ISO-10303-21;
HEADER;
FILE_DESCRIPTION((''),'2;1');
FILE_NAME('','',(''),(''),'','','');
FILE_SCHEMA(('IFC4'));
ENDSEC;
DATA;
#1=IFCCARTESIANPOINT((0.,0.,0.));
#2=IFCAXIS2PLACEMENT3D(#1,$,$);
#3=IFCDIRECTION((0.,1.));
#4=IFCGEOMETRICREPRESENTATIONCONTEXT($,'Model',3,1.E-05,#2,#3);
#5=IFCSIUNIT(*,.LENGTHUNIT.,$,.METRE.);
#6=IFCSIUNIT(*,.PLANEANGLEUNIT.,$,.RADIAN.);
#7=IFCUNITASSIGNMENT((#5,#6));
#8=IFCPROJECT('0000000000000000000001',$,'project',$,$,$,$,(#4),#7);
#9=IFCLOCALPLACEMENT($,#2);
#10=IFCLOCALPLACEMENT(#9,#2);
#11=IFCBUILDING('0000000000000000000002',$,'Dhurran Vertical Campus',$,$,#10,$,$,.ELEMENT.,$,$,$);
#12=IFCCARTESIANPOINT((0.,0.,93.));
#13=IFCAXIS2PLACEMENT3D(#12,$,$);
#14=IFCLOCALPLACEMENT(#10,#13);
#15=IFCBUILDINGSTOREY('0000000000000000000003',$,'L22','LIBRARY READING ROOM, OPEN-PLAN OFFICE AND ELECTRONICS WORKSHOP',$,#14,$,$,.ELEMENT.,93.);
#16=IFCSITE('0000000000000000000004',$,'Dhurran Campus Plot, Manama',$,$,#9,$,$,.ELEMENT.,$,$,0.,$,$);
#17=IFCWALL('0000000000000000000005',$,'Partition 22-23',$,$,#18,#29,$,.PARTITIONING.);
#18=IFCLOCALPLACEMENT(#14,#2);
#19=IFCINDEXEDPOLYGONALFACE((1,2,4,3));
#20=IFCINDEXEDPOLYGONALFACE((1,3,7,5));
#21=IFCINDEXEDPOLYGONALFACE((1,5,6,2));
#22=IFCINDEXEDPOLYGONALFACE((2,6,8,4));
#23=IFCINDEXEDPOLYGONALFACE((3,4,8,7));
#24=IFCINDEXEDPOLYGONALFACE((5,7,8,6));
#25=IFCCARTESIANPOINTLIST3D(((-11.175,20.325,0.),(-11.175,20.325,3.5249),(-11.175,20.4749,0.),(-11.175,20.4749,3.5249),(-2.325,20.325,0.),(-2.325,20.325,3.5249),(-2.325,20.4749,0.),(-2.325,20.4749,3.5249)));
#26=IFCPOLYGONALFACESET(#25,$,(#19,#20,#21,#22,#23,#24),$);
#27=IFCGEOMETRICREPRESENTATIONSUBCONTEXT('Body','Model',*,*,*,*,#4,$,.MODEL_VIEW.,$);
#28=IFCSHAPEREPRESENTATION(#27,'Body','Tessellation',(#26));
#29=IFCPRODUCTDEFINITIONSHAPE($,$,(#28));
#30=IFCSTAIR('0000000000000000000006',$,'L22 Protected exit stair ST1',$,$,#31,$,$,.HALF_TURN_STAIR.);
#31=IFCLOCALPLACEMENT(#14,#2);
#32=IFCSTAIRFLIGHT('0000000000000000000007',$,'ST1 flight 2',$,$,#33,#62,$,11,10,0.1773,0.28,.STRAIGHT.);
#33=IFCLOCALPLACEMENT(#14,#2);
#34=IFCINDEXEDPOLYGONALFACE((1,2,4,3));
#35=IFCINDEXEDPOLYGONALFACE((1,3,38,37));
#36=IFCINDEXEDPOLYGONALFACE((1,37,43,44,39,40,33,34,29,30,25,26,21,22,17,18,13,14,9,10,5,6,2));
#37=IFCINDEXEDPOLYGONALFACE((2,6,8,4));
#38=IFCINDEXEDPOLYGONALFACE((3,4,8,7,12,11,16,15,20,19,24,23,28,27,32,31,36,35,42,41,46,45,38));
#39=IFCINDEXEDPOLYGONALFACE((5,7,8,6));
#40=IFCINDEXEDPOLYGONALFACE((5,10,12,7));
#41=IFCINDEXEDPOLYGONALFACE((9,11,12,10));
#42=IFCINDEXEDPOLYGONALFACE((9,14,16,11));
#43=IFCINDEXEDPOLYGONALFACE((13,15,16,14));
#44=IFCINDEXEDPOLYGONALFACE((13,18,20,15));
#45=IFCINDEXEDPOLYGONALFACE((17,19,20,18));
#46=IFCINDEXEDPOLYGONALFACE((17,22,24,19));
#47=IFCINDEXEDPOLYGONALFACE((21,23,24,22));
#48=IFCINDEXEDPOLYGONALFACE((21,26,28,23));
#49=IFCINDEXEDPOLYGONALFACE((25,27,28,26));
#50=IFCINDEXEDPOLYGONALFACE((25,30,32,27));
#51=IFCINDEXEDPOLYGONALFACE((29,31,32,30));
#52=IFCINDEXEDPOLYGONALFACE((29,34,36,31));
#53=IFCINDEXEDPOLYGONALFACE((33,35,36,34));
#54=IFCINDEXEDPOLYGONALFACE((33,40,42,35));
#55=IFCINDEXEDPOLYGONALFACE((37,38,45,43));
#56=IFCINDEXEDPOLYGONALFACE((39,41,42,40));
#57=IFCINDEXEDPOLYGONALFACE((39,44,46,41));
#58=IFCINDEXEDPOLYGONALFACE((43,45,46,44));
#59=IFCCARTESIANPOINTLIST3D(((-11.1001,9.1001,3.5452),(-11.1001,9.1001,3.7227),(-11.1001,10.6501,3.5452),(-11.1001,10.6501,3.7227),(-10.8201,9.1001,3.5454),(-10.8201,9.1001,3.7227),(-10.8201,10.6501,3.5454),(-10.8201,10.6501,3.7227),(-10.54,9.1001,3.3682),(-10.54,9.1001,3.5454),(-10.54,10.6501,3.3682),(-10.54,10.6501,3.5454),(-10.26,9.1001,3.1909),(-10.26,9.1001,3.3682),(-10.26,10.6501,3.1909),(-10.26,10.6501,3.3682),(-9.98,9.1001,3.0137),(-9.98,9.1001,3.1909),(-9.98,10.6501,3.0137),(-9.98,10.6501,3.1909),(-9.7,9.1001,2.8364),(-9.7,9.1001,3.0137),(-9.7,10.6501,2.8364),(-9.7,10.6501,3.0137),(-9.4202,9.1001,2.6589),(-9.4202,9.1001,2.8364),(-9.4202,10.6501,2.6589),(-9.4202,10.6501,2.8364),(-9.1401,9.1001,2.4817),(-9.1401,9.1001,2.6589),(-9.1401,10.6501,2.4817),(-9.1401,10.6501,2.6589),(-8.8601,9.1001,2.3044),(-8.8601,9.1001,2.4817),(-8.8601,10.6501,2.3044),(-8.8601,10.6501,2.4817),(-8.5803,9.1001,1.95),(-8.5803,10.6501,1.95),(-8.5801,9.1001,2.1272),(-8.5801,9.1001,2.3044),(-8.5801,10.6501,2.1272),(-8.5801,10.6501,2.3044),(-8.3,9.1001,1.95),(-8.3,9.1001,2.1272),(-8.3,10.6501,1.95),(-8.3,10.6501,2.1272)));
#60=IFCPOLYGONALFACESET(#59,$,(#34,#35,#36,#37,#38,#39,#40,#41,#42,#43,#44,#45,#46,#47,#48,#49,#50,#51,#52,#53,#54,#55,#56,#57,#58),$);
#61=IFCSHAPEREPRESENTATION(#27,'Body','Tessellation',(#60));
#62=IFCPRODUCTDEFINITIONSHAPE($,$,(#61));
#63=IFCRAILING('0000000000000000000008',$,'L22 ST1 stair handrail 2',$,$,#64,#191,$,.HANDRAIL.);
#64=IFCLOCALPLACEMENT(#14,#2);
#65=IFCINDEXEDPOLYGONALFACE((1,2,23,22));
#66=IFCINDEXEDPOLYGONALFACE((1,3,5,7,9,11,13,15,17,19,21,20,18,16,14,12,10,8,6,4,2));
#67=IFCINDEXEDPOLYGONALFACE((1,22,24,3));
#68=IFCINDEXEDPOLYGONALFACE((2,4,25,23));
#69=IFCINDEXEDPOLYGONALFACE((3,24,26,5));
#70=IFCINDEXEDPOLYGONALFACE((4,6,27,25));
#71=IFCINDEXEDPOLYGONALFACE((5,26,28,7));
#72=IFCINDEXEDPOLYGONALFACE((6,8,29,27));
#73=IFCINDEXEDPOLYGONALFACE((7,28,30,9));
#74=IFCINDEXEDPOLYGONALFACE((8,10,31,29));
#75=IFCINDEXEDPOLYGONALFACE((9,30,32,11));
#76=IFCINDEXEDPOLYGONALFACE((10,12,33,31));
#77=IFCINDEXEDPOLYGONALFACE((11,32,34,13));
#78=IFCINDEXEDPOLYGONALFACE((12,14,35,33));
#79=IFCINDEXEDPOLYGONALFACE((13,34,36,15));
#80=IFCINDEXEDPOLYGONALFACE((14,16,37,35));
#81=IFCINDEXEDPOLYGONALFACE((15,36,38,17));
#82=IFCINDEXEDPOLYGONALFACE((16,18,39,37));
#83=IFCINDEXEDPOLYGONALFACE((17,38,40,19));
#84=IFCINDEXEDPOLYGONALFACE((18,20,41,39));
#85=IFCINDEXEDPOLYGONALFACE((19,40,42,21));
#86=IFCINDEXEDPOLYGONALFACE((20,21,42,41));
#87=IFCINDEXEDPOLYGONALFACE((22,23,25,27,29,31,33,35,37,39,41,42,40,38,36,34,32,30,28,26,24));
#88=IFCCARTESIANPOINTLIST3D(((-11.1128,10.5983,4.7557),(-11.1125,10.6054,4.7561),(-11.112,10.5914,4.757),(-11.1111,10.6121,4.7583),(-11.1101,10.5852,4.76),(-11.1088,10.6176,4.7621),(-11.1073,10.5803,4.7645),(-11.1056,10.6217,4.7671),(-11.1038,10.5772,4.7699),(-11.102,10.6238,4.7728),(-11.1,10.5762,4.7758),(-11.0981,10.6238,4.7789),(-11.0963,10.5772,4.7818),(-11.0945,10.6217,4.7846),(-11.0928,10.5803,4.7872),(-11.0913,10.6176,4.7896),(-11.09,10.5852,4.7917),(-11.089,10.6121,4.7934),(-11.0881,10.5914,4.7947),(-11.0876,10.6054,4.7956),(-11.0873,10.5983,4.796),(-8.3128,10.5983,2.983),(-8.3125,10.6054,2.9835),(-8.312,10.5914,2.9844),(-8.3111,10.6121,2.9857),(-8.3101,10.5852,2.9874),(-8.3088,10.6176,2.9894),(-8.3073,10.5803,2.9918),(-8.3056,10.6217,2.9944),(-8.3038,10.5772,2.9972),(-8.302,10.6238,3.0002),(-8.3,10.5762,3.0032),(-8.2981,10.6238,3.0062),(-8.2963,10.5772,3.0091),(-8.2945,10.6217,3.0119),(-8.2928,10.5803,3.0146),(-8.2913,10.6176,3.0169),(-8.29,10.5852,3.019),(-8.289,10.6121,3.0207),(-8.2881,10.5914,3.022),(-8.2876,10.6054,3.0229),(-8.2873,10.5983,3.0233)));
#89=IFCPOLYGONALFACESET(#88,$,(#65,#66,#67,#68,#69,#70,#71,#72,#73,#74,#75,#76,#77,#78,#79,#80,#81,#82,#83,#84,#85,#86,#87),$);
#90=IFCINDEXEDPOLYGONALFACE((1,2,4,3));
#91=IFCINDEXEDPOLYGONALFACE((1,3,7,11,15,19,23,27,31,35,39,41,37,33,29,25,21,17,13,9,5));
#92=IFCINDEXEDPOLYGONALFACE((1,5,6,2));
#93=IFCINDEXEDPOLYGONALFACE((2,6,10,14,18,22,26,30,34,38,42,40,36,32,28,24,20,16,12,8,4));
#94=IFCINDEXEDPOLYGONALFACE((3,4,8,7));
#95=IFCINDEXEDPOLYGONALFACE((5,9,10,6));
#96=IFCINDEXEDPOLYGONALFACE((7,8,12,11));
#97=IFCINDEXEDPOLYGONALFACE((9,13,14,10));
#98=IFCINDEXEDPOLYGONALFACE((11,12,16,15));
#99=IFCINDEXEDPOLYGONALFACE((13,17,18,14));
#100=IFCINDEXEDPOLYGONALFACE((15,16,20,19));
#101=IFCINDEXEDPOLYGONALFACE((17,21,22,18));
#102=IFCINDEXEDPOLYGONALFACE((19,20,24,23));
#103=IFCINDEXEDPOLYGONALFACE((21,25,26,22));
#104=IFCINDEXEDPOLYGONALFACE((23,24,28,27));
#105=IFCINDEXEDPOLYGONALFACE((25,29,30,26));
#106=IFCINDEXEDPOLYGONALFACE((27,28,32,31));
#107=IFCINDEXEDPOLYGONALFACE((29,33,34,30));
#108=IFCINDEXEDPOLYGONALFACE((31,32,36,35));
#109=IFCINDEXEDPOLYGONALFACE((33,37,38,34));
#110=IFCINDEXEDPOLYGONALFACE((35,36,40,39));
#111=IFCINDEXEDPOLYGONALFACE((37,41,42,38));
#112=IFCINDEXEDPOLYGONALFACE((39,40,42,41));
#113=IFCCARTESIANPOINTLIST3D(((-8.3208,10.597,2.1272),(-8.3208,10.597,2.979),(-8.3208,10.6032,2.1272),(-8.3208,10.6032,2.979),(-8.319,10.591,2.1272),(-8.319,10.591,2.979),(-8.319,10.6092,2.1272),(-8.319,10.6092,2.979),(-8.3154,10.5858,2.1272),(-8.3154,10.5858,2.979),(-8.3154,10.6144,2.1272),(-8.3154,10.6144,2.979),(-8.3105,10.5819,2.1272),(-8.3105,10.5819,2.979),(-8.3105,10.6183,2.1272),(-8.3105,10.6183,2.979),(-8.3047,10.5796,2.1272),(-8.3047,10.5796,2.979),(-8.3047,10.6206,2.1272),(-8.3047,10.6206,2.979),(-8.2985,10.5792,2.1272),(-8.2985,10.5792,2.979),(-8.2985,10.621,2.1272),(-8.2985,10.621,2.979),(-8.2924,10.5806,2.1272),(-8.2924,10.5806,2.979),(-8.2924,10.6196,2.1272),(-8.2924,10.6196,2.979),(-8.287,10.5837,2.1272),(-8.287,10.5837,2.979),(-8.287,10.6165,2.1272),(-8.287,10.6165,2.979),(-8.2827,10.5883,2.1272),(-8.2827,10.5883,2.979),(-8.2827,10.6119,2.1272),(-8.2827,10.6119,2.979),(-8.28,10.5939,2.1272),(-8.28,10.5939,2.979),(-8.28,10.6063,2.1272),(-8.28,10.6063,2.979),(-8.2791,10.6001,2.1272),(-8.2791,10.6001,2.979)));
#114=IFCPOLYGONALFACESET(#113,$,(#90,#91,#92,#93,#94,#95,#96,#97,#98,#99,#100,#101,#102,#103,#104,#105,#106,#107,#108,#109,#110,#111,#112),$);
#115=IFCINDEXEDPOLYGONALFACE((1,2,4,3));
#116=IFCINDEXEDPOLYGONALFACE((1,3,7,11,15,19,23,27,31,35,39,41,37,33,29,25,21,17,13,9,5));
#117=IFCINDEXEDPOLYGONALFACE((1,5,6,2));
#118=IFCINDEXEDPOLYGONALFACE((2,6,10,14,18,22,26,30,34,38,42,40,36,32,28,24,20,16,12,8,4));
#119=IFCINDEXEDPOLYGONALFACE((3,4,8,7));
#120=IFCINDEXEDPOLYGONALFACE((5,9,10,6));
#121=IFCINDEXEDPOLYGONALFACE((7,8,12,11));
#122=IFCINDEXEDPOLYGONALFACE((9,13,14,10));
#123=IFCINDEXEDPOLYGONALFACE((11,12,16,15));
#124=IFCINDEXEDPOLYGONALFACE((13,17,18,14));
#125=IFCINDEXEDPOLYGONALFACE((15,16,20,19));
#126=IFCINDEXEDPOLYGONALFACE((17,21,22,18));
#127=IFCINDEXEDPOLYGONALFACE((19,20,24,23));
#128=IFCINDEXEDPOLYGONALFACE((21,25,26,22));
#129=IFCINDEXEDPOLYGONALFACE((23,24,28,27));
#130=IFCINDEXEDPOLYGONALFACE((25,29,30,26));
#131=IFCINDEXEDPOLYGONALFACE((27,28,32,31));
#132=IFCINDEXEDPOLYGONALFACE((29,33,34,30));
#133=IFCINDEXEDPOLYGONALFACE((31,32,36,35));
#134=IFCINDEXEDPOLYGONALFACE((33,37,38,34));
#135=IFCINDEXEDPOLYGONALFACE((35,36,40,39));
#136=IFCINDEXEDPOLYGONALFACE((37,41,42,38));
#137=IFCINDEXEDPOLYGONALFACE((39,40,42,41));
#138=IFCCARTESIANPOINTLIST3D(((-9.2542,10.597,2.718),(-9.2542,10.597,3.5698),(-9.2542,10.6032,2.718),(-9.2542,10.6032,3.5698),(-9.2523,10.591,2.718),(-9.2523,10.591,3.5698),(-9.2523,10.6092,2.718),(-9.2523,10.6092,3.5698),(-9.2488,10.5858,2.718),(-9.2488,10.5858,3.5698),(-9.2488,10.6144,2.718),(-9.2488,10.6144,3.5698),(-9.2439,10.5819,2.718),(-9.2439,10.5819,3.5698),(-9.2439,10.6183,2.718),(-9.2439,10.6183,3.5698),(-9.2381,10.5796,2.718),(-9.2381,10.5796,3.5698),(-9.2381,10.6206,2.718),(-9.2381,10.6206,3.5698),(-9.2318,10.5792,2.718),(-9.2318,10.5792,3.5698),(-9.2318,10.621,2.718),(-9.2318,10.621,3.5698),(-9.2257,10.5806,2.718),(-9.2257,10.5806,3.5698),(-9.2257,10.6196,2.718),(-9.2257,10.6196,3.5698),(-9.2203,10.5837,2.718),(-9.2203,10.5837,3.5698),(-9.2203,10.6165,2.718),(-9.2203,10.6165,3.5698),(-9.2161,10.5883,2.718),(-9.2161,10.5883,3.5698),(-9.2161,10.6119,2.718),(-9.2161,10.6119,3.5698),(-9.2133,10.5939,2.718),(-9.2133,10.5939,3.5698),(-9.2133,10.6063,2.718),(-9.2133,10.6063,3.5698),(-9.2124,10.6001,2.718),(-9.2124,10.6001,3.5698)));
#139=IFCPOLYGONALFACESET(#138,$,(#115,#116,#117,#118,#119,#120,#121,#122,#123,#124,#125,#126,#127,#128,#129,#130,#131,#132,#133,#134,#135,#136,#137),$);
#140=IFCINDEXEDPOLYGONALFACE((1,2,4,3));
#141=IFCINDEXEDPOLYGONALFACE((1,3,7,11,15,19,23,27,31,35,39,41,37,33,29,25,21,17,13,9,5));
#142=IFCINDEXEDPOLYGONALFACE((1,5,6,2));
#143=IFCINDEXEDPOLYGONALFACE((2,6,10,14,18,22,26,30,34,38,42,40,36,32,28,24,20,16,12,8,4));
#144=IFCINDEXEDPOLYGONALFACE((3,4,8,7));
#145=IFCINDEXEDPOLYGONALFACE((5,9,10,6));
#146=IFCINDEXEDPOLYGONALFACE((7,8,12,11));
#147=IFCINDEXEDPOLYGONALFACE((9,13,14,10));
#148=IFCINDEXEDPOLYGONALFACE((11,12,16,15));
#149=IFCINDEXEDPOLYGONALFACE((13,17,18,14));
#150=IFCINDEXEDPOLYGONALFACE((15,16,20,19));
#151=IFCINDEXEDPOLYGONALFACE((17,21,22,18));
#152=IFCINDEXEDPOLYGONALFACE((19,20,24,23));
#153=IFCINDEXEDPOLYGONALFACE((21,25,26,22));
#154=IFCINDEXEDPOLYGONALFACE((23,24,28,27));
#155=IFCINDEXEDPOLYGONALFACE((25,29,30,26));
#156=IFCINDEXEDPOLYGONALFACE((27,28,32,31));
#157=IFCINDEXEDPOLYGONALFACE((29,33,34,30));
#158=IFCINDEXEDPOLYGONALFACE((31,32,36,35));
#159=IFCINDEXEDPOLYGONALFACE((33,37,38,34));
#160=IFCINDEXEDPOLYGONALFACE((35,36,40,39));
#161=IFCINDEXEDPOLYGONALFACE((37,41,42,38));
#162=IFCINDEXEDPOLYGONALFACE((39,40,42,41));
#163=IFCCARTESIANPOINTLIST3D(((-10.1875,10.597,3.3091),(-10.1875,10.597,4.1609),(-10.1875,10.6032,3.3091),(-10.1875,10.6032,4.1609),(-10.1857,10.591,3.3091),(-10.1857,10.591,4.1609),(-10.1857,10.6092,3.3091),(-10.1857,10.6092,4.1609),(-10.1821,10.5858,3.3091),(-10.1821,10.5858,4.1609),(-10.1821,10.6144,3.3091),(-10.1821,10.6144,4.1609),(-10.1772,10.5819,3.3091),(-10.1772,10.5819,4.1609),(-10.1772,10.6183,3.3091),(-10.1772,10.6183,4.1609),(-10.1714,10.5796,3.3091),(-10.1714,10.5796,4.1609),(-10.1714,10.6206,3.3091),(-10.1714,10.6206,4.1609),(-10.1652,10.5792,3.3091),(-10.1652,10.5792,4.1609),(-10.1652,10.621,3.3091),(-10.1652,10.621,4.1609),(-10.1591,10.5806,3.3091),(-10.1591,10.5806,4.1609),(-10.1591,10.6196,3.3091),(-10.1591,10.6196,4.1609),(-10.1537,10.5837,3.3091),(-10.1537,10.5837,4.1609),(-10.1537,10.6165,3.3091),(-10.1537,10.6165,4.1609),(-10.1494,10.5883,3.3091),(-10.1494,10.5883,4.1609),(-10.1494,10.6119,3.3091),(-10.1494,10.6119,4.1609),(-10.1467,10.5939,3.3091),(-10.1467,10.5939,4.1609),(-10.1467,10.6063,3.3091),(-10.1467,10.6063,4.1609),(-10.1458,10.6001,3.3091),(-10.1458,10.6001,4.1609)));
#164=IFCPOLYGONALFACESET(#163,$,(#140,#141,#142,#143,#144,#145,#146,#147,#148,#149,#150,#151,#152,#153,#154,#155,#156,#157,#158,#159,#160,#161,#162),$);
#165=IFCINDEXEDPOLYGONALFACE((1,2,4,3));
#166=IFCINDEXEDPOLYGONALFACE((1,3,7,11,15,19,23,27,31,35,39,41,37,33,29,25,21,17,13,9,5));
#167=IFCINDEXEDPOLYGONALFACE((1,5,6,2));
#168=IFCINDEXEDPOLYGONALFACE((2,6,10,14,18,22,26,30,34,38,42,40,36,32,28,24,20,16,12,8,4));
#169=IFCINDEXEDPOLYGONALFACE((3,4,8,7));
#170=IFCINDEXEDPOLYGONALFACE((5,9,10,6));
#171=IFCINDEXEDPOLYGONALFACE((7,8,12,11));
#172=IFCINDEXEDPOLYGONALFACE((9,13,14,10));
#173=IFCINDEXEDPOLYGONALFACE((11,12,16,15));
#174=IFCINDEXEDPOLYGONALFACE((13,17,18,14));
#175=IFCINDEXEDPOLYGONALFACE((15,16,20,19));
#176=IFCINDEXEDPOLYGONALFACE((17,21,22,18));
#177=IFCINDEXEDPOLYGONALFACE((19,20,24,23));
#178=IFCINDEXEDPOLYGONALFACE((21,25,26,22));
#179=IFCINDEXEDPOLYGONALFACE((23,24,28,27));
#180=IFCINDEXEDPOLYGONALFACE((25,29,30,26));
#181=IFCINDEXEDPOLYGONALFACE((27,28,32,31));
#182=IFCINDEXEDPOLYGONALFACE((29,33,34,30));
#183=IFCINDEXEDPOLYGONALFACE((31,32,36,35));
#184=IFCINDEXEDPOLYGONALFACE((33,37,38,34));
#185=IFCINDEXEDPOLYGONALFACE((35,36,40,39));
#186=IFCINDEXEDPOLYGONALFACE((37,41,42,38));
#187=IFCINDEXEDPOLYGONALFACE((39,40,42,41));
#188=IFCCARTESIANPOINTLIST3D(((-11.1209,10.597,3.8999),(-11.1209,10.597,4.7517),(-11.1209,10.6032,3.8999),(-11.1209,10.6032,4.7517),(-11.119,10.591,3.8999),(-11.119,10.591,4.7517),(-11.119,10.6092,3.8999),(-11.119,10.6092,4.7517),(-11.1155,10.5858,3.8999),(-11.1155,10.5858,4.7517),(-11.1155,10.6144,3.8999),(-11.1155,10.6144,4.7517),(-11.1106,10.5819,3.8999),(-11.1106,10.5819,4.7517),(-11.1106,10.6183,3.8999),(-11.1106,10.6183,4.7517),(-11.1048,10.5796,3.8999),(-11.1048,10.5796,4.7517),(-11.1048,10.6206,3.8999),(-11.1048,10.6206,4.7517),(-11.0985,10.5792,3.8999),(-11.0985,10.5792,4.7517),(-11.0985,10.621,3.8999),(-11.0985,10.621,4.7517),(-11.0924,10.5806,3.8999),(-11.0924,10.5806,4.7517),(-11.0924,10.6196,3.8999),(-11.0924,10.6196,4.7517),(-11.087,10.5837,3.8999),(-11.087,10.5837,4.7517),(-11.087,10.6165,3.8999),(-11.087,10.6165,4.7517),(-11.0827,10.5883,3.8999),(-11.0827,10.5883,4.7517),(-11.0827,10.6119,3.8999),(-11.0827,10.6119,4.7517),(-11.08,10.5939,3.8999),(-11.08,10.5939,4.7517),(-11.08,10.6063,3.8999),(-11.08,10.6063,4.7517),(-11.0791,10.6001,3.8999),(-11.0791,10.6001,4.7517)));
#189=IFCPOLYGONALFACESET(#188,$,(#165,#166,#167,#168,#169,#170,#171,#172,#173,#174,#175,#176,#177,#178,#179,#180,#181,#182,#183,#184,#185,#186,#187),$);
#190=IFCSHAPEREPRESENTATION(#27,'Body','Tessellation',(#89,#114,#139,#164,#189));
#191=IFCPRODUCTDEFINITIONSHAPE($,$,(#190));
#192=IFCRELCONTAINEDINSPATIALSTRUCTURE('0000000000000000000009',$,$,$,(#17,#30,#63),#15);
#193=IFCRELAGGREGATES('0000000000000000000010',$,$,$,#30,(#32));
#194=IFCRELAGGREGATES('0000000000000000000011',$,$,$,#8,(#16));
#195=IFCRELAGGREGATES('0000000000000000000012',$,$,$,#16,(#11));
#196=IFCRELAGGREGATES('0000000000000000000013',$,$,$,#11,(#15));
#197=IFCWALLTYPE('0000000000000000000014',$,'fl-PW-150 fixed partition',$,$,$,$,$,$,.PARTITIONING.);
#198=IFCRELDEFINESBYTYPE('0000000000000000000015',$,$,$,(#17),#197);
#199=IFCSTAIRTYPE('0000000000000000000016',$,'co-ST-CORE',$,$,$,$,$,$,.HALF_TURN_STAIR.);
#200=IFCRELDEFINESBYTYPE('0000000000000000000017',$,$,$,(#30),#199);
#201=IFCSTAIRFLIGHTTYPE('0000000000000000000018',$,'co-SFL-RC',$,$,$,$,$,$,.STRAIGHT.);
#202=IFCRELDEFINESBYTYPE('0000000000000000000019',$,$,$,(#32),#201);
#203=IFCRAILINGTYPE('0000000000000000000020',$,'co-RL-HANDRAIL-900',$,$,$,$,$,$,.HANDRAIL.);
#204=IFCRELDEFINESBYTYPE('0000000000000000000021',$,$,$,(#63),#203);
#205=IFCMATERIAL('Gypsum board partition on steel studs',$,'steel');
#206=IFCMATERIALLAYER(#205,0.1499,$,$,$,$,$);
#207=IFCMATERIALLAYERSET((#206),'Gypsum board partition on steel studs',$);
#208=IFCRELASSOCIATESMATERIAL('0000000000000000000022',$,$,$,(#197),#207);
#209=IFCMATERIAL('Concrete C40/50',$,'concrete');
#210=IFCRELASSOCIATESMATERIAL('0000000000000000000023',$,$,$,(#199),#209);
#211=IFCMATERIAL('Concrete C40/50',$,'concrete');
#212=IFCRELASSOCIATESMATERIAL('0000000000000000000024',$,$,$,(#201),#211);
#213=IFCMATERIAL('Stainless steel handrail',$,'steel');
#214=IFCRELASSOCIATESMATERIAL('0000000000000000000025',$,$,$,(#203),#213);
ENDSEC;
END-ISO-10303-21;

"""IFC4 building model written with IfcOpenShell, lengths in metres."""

from ifc_helpers import new_model, si_unit, direction, frame, frame_2d, origin, origin_2d, place, context, subcontext, project, spatial, polyline, rectangle, circle, outline, extrude, material, layer, layer_set, type_object, element, aggregate, save


model = new_model("IFC4")

# Units and contexts
model_context = context("Model", 3, precision=1e-05, world=origin(), true_north=direction((0.0, 1.0)))
body_context = subcontext(model_context, "Body", "Model", "MODEL_VIEW")
ifc_project = project(units=[si_unit("LENGTHUNIT", "METRE"), si_unit("PLANEANGLEUNIT", "RADIAN")], contexts=[model_context])

# Site, building, storey
site_placement = place(None, origin())
site = spatial("IfcSite", under=ifc_project, at=site_placement, Name="Dhurran Campus Plot, Manama", CompositionType="ELEMENT", RefElevation=0.0)
building_placement = place(site_placement, origin())
building = spatial("IfcBuilding", under=site, at=building_placement, Name="Dhurran Vertical Campus", CompositionType="ELEMENT")
storey_placement = place(building_placement, frame((0.0, 0.0, 93.0)))
storey = spatial("IfcBuildingStorey", under=building, at=storey_placement, Name="L22", Description="LIBRARY READING ROOM, OPEN-PLAN OFFICE AND ELECTRONICS WORKSHOP", CompositionType="ELEMENT", Elevation=93.0)

# Wall
ifc_material_1 = material(Name="Gypsum board partition on steel studs", Category="steel")
ifc_layer_1 = layer(ifc_material_1, 0.1499)
ifc_layer_set_1 = layer_set([ifc_layer_1], Name="Gypsum board partition on steel studs")
wall_type_1 = type_object("IfcWallType", Name="fl-PW-150 fixed partition", PredefinedType="PARTITIONING", material=ifc_layer_set_1)
wall_1_placement = place(storey_placement, frame((-2.325, 20.3999, 0.0), z_axis=(0.0, 0.0, 1.0), x_axis=(-1.0, 0.0, 0.0)))
element("IfcWall", 1, at=wall_1_placement, inside=storey, type_object=wall_type_1, Name="Partition 22-23", PredefinedType="PARTITIONING", context=body_context, shape_type="SweptSolid", body=[
    extrude(rectangle(XDim=8.8501, YDim=0.1499, at=frame_2d((4.425, 0.0))), origin(), (0.0, 0.0, 1.0), 3.5249),
])

# Stair, stair flight
ifc_material_2 = material(Name="Concrete C40/50", Category="concrete")
stair_type = type_object("IfcStairType", Name="co-ST-CORE", PredefinedType="HALF_TURN_STAIR", material=ifc_material_2)
stair_placement = place(storey_placement, origin())
stair = element("IfcStair", 2, at=stair_placement, inside=storey, type_object=stair_type, Name="L22 Protected exit stair ST1", PredefinedType="HALF_TURN_STAIR")
ifc_material_3 = material(Name="Concrete C40/50", Category="concrete")
stair_flight_type = type_object("IfcStairFlightType", Name="co-SFL-RC", PredefinedType="STRAIGHT", material=ifc_material_3)
stair_flight_placement = place(storey_placement, frame((-8.3, 9.875, 1.95), z_axis=(0.0, 0.0, 1.0), x_axis=(-1.0, 0.0, 0.0)))
stair_flight = element("IfcStairFlight", 3, at=stair_flight_placement, type_object=stair_flight_type, Name="ST1 flight 2", NumberOfRisers=11, NumberOfTreads=10, PredefinedType="STRAIGHT", RiserHeight=0.1773, TreadLength=0.28, context=body_context, shape_type="SweptSolid", body=[
    extrude(outline(polyline([(0.0, 0.0), (0.0, 0.1772), (0.28, 0.1772), (0.28, 0.3545), (0.5601, 0.3545), (0.5601, 0.5317), (0.8401, 0.5317), (0.8401, 0.709), (1.1201, 0.709), (1.1201, 0.8865), (1.3999, 0.8865), (1.3999, 1.0637), (1.6799, 1.0637), (1.6799, 1.241), (1.96, 1.241), (1.96, 1.4182), (2.24, 1.4182), (2.24, 1.5955), (2.52, 1.5955), (2.52, 1.7727), (2.8, 1.7727), (2.8, 1.95), (2.8, 1.5952), (0.2803, 0.0), (0.0, 0.0)])), frame((0.0, 0.7749, 0.0), z_axis=(0.0, -1.0, 0.0), x_axis=(1.0, 0.0, 0.0)), (0.0, 0.0, 1.0), 1.55),
])
aggregate(stair, [stair_flight])

# Railing
ifc_material_4 = material(Name="Stainless steel handrail", Category="steel")
railing_type = type_object("IfcRailingType", Name="co-RL-HANDRAIL-900", PredefinedType="HANDRAIL", material=ifc_material_4)
railing_placement = place(storey_placement, frame((-8.3, 10.6001, 2.1272)))
element("IfcRailing", 4, at=railing_placement, inside=storey, type_object=railing_type, Name="L22 ST1 stair handrail 2", PredefinedType="HANDRAIL", context=body_context, shape_type="SweptSolid", body=[
    extrude(circle(Radius=0.0239, at=origin_2d()), frame((0.0, 0.0, 0.876), z_axis=(-0.844909, 0.0, 0.53491), x_axis=(0.0, -1.0, 0.0)), (0.0, 0.0, 1.0), 3.314),
    extrude(circle(Radius=0.021, at=origin_2d()), origin(), (0.0, 0.0, 1.0), 0.8518),
    extrude(circle(Radius=0.021, at=origin_2d()), frame((-0.9333, 0.0, 0.5908)), (0.0, 0.0, 1.0), 0.8518),
    extrude(circle(Radius=0.021, at=origin_2d()), frame((-1.8667, 0.0, 1.1819)), (0.0, 0.0, 1.0), 0.8518),
    extrude(circle(Radius=0.021, at=origin_2d()), frame((-2.8, 0.0, 1.7727)), (0.0, 0.0, 1.0), 0.8518),
])

save(model, "model.ifc")
